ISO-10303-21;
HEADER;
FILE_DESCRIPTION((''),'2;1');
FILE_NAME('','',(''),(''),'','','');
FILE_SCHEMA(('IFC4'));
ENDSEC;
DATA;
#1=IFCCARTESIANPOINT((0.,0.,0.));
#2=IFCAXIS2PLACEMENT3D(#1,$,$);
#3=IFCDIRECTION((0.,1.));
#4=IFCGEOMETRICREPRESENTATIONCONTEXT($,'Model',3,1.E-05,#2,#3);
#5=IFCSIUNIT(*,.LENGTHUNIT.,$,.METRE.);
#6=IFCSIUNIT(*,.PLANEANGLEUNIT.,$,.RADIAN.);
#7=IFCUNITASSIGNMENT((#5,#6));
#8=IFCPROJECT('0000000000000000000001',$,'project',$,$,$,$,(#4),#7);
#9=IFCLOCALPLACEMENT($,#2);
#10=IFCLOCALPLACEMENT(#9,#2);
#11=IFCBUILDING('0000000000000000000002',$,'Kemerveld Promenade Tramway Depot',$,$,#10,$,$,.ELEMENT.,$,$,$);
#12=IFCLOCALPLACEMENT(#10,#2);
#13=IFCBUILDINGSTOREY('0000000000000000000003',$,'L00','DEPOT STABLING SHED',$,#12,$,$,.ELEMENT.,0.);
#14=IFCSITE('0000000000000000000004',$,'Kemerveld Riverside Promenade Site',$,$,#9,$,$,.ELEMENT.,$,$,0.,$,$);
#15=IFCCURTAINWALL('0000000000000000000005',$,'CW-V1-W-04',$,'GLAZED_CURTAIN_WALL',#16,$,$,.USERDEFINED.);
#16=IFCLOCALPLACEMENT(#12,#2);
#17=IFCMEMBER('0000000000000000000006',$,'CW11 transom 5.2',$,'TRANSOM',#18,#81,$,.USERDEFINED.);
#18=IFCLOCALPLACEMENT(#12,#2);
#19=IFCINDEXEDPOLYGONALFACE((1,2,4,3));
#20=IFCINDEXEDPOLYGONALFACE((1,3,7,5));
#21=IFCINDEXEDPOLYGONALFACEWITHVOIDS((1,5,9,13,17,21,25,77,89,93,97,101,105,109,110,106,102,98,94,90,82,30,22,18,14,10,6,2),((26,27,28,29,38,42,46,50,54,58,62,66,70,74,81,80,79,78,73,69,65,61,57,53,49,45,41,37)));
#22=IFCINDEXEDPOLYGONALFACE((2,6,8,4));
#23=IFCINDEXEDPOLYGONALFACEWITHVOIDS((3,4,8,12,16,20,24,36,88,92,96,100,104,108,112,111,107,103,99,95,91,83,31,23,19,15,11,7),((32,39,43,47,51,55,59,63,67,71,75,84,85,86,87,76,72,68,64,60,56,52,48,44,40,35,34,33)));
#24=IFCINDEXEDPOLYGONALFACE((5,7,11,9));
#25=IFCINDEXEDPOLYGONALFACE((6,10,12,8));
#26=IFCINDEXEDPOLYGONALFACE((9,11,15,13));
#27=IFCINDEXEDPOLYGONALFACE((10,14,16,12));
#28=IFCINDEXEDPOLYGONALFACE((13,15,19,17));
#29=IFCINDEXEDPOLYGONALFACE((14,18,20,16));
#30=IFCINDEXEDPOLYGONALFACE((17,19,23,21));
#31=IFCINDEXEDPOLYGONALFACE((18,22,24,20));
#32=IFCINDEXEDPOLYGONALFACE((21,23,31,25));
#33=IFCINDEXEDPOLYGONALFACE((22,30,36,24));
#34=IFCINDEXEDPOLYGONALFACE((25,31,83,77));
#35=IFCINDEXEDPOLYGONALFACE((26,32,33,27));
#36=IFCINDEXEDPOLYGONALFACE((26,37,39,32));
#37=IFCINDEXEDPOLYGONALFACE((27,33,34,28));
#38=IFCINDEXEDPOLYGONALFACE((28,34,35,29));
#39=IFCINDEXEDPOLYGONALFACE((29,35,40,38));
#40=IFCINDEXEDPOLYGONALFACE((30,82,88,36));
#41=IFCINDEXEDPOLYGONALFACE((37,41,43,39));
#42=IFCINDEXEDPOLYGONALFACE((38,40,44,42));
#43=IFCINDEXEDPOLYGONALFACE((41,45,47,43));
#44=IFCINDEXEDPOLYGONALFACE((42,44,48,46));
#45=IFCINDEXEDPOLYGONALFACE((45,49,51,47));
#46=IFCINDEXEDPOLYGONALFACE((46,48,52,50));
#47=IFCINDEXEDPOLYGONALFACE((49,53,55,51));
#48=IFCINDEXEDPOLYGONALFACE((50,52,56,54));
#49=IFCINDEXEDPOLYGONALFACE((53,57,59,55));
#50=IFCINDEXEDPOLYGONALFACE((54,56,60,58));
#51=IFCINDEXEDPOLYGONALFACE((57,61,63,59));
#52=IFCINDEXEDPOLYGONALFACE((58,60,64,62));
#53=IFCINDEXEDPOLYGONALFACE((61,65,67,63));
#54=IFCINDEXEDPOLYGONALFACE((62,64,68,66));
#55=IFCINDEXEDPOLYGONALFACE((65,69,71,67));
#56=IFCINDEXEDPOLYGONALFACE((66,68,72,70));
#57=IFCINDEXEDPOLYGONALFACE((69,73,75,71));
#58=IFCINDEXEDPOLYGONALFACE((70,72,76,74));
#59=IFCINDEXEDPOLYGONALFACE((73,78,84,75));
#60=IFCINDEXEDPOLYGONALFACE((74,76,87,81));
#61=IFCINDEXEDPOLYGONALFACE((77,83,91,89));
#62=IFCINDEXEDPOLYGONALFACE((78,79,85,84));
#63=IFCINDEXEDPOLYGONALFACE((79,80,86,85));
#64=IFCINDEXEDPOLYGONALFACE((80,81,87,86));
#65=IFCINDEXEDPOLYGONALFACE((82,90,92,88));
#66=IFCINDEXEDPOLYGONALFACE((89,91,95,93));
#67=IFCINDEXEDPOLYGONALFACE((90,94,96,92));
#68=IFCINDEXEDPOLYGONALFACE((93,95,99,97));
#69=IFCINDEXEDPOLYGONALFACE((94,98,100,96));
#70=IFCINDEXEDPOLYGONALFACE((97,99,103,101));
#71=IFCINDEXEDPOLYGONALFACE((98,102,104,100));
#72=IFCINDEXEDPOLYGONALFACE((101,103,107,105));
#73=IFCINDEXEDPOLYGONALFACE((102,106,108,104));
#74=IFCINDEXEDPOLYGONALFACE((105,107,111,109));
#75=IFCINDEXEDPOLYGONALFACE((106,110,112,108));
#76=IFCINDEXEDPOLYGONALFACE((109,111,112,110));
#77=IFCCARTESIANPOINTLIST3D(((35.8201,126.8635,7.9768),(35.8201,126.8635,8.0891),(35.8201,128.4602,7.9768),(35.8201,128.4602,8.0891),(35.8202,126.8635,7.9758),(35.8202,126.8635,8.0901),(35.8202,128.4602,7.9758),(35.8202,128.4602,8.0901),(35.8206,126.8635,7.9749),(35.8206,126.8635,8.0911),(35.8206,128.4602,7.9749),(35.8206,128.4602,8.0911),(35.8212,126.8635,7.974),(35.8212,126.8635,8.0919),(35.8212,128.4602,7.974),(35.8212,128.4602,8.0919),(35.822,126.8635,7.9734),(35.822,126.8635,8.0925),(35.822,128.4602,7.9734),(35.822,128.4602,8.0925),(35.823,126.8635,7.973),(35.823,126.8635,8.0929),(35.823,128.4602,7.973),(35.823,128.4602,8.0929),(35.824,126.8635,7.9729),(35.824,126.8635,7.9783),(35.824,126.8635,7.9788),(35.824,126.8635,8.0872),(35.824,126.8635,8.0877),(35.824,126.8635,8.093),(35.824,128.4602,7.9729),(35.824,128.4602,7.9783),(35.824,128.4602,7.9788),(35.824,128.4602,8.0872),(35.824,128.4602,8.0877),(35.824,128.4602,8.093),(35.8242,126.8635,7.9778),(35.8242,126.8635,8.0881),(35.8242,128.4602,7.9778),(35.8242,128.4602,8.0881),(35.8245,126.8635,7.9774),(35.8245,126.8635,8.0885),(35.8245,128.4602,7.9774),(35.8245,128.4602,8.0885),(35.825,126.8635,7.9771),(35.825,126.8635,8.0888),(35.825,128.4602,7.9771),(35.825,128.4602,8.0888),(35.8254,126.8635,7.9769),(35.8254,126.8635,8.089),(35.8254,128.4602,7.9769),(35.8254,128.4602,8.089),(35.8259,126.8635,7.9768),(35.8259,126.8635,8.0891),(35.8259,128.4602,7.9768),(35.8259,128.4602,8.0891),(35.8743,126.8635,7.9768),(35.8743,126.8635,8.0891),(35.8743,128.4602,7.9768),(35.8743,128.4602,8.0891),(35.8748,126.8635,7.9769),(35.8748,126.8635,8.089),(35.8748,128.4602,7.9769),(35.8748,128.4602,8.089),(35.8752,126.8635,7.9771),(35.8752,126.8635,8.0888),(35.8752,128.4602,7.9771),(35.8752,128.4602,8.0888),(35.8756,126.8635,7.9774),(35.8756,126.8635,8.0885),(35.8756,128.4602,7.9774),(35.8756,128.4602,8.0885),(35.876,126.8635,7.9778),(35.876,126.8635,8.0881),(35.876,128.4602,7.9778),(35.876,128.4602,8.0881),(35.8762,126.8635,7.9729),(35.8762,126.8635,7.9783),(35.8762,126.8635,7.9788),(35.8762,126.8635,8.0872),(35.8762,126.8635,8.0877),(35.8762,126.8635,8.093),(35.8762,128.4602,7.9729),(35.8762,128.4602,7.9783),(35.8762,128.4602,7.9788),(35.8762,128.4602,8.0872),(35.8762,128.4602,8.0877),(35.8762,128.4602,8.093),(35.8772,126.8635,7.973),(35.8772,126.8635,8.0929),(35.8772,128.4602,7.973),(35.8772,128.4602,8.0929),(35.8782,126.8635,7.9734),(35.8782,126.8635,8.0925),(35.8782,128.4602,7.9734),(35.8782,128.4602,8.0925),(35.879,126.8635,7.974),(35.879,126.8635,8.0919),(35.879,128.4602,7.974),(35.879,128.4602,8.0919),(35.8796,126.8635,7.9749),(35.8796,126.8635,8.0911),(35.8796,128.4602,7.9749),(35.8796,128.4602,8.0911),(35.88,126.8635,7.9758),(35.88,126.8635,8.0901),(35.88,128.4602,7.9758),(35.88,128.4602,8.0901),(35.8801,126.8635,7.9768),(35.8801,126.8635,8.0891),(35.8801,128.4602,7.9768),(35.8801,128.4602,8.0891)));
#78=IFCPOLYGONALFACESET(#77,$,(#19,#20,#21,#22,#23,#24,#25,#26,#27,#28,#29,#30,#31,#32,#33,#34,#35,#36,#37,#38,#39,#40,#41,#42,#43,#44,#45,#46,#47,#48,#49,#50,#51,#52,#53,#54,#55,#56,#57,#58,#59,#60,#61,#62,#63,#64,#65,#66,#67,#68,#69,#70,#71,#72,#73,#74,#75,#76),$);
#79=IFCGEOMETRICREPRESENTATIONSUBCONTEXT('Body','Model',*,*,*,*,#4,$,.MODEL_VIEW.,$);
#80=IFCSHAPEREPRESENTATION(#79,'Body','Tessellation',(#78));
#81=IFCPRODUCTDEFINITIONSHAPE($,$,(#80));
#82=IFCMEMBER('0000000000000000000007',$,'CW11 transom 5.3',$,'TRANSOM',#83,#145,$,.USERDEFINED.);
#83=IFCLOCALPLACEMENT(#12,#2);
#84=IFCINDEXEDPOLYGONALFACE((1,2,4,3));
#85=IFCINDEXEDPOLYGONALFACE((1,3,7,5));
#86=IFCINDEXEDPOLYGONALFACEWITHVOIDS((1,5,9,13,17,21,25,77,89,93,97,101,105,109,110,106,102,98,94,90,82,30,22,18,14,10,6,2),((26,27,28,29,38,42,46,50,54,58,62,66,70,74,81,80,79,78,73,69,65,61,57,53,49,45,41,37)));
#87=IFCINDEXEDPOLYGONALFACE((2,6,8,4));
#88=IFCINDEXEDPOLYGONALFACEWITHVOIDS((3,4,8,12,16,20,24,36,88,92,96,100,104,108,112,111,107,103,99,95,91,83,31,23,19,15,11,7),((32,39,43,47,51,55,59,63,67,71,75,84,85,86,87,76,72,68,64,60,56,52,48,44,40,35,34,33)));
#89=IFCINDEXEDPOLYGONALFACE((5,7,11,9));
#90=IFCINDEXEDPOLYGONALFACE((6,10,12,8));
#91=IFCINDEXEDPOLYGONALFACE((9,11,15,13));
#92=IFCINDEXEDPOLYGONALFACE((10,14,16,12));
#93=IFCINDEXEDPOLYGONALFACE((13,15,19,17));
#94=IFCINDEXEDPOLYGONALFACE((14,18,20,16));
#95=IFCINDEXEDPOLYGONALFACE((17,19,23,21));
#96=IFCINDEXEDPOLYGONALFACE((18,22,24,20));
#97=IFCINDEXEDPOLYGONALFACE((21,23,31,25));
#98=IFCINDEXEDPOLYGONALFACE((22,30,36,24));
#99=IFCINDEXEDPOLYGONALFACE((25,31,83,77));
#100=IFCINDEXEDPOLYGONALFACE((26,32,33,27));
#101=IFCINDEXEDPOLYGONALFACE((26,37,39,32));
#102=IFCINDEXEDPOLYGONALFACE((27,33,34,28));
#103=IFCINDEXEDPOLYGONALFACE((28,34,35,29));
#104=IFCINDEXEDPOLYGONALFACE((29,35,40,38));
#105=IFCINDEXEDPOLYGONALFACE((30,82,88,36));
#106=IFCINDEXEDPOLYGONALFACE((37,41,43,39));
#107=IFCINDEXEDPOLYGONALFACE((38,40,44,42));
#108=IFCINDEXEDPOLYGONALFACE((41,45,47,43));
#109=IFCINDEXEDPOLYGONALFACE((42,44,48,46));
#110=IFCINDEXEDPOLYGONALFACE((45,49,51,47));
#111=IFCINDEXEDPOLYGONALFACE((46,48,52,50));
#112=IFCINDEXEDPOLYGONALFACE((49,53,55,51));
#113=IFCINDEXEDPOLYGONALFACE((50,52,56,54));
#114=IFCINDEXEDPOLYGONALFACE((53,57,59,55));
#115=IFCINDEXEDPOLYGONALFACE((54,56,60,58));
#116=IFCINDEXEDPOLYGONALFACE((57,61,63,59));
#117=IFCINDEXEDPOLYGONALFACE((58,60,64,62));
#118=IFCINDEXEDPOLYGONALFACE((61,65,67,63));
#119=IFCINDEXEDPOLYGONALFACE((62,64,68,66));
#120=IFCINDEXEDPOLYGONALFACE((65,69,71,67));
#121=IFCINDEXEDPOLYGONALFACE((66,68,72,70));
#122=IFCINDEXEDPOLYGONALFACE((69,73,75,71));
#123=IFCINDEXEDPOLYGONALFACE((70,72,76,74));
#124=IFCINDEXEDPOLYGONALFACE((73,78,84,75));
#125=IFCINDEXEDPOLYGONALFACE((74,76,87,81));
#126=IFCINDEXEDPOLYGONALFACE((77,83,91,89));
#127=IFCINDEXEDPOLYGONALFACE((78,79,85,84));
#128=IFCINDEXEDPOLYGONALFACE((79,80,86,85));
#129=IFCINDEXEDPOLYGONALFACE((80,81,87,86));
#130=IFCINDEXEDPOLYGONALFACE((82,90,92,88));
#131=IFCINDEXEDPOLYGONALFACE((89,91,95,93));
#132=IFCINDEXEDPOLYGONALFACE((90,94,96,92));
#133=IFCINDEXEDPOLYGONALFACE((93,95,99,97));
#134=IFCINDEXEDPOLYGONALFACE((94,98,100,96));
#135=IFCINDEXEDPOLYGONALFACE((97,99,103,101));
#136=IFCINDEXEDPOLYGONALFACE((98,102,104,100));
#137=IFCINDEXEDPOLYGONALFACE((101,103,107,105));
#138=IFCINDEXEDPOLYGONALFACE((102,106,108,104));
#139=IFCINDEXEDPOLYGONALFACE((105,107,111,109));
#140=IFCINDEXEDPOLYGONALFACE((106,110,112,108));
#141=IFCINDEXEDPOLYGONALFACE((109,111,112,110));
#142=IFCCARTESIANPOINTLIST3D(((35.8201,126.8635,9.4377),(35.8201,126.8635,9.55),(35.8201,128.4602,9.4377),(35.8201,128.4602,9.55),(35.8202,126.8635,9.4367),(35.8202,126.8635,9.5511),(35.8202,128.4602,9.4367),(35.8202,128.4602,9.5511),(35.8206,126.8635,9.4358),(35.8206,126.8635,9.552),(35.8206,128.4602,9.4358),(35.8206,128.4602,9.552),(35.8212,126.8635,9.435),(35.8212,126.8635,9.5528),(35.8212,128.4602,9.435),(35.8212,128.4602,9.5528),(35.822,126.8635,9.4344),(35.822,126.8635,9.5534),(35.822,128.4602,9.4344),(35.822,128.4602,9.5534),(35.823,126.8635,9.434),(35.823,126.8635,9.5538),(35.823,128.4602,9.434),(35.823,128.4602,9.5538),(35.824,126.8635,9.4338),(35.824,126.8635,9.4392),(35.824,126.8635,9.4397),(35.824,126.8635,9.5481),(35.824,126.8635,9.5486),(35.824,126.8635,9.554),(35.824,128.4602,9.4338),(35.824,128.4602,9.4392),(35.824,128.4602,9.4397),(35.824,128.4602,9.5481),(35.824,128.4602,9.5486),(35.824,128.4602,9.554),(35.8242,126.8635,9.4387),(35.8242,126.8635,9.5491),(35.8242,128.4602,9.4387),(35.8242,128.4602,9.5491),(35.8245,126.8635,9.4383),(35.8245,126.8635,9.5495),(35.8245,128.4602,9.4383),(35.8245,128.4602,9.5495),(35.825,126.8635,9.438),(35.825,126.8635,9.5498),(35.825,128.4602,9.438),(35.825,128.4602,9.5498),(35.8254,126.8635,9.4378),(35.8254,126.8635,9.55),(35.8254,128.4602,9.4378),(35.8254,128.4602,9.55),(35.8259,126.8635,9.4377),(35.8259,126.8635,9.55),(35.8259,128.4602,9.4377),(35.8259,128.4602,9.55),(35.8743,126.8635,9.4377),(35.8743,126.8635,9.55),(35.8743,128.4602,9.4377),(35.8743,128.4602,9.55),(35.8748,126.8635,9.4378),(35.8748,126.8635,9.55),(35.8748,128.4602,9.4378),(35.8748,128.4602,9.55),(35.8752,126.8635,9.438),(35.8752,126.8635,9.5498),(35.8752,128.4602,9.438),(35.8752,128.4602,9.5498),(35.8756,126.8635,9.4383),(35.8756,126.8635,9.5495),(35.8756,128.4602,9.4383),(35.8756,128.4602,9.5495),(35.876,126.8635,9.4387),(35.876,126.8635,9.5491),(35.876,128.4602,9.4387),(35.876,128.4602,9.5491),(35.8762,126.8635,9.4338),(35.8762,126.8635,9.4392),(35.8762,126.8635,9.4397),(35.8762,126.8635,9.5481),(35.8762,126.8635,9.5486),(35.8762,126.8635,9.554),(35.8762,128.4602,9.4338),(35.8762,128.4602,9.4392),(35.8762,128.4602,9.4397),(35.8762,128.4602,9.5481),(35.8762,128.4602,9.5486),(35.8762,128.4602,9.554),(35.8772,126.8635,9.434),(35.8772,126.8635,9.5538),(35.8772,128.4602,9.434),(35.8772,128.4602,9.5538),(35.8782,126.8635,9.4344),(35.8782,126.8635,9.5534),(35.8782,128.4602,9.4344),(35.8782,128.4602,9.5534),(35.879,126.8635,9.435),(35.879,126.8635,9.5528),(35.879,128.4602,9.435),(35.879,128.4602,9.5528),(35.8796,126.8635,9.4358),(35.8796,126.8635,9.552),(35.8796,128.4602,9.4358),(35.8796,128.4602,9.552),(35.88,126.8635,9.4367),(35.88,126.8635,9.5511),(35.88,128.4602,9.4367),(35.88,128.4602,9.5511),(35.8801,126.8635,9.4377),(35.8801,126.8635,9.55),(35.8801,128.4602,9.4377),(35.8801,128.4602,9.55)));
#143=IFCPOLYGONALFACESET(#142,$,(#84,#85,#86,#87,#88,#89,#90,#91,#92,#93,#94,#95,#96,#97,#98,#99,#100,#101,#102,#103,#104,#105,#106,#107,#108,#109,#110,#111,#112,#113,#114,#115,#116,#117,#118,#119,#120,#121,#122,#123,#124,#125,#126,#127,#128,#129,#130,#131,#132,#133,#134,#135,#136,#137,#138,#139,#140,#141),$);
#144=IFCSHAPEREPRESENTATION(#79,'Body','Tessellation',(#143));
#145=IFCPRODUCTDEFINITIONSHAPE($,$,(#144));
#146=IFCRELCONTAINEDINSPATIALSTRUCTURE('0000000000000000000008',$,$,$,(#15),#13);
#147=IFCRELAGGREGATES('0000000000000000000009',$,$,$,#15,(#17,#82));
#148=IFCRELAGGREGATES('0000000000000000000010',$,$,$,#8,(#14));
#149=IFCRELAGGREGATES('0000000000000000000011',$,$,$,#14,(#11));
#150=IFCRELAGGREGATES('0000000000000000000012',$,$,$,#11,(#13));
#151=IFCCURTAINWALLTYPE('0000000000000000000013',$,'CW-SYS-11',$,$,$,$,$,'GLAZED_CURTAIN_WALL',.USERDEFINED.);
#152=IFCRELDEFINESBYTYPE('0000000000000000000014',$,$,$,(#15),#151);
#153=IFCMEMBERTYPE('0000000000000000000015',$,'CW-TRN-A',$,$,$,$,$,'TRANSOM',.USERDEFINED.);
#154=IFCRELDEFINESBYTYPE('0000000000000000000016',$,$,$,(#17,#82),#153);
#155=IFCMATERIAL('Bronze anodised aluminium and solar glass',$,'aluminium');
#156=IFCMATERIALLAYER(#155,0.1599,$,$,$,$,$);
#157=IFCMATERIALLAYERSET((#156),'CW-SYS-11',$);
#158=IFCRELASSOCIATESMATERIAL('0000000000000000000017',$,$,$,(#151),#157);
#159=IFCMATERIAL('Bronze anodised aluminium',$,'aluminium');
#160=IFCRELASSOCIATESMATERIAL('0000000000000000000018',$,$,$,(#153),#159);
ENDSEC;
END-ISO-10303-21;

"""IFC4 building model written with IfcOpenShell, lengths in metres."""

from ifc_helpers import new_model, si_unit, direction, frame, origin, origin_2d, place, context, subcontext, project, spatial, hollow_rectangle, extrude, material, layer, layer_set, material_profile, profile_set, type_object, element, aggregate, save


model = new_model("IFC4")

# Units and contexts
model_context = context("Model", 3, precision=1e-05, world=origin(), true_north=direction((0.0, 1.0)))
body_context = subcontext(model_context, "Body", "Model", "MODEL_VIEW")
ifc_project = project(units=[si_unit("LENGTHUNIT", "METRE"), si_unit("PLANEANGLEUNIT", "RADIAN")], contexts=[model_context])

# Site, building, storey
site_placement = place(None, origin())
site = spatial("IfcSite", under=ifc_project, at=site_placement, Name="Kemerveld Riverside Promenade Site", CompositionType="ELEMENT", RefElevation=0.0)
building_placement = place(site_placement, origin())
building = spatial("IfcBuilding", under=site, at=building_placement, Name="Kemerveld Promenade Tramway Depot", CompositionType="ELEMENT")
storey_placement = place(building_placement, origin())
storey = spatial("IfcBuildingStorey", under=building, at=storey_placement, Name="L00", Description="DEPOT STABLING SHED", CompositionType="ELEMENT", Elevation=0.0)

# Curtain wall
ifc_material_1 = material(Name="Bronze anodised aluminium and solar glass", Category="aluminium")
ifc_layer_1 = layer(ifc_material_1, 0.1599)
ifc_layer_set_1 = layer_set([ifc_layer_1], Name="CW-SYS-11")
curtain_wall_type_1 = type_object("IfcCurtainWallType", Name="CW-SYS-11", ElementType="GLAZED_CURTAIN_WALL", PredefinedType="USERDEFINED", material=ifc_layer_set_1)
curtain_wall_1_placement = place(storey_placement, origin())
curtain_wall_1 = element("IfcCurtainWall", 1, at=curtain_wall_1_placement, inside=storey, type_object=curtain_wall_type_1, Name="CW-V1-W-04", ObjectType="GLAZED_CURTAIN_WALL", PredefinedType="USERDEFINED")
ifc_material_2 = material(Name="Bronze anodised aluminium", Category="aluminium")

# Members
ifc_material_profile_1 = material_profile(ifc_material_2, hollow_rectangle(XDim=0.0601, YDim=0.1201, WallThickness=0.0039, InnerFilletRadius=0.002, OuterFilletRadius=0.0039, at=origin_2d()), Name="CW-TRN-120x60")
ifc_profile_set_1 = profile_set([ifc_material_profile_1], Name="Bronze anodised aluminium")
member_type_1 = type_object("IfcMemberType", Name="CW-TRN-A", ElementType="TRANSOM", PredefinedType="USERDEFINED", material=ifc_profile_set_1)
member_1_placement = place(storey_placement, frame((35.8501, 126.8635, 8.033), z_axis=(0.0, 1.0, 0.0), x_axis=(-1.0, 0.0, 0.0)))
member_1 = element("IfcMember", 2, at=member_1_placement, type_object=member_type_1, Name="CW11 transom 5.2", ObjectType="TRANSOM", PredefinedType="USERDEFINED", context=body_context, shape_type="SweptSolid", body=[
    extrude(hollow_rectangle(XDim=0.0601, YDim=0.1201, WallThickness=0.0039, InnerFilletRadius=0.002, OuterFilletRadius=0.0039, at=origin_2d()), origin(), (0.0, 0.0, 1.0), 1.5967),
])
member_2_placement = place(storey_placement, frame((35.8501, 126.8635, 9.4939), z_axis=(0.0, 1.0, 0.0), x_axis=(-1.0, 0.0, 0.0)))
member_2 = element("IfcMember", 3, at=member_2_placement, type_object=member_type_1, Name="CW11 transom 5.3", ObjectType="TRANSOM", PredefinedType="USERDEFINED", context=body_context, shape_type="SweptSolid", body=[
    extrude(hollow_rectangle(XDim=0.0601, YDim=0.1201, WallThickness=0.0039, InnerFilletRadius=0.002, OuterFilletRadius=0.0039, at=origin_2d()), origin(), (0.0, 0.0, 1.0), 1.5967),
])

aggregate(curtain_wall_1, [member_1, member_2])

save(model, "model.ifc")
